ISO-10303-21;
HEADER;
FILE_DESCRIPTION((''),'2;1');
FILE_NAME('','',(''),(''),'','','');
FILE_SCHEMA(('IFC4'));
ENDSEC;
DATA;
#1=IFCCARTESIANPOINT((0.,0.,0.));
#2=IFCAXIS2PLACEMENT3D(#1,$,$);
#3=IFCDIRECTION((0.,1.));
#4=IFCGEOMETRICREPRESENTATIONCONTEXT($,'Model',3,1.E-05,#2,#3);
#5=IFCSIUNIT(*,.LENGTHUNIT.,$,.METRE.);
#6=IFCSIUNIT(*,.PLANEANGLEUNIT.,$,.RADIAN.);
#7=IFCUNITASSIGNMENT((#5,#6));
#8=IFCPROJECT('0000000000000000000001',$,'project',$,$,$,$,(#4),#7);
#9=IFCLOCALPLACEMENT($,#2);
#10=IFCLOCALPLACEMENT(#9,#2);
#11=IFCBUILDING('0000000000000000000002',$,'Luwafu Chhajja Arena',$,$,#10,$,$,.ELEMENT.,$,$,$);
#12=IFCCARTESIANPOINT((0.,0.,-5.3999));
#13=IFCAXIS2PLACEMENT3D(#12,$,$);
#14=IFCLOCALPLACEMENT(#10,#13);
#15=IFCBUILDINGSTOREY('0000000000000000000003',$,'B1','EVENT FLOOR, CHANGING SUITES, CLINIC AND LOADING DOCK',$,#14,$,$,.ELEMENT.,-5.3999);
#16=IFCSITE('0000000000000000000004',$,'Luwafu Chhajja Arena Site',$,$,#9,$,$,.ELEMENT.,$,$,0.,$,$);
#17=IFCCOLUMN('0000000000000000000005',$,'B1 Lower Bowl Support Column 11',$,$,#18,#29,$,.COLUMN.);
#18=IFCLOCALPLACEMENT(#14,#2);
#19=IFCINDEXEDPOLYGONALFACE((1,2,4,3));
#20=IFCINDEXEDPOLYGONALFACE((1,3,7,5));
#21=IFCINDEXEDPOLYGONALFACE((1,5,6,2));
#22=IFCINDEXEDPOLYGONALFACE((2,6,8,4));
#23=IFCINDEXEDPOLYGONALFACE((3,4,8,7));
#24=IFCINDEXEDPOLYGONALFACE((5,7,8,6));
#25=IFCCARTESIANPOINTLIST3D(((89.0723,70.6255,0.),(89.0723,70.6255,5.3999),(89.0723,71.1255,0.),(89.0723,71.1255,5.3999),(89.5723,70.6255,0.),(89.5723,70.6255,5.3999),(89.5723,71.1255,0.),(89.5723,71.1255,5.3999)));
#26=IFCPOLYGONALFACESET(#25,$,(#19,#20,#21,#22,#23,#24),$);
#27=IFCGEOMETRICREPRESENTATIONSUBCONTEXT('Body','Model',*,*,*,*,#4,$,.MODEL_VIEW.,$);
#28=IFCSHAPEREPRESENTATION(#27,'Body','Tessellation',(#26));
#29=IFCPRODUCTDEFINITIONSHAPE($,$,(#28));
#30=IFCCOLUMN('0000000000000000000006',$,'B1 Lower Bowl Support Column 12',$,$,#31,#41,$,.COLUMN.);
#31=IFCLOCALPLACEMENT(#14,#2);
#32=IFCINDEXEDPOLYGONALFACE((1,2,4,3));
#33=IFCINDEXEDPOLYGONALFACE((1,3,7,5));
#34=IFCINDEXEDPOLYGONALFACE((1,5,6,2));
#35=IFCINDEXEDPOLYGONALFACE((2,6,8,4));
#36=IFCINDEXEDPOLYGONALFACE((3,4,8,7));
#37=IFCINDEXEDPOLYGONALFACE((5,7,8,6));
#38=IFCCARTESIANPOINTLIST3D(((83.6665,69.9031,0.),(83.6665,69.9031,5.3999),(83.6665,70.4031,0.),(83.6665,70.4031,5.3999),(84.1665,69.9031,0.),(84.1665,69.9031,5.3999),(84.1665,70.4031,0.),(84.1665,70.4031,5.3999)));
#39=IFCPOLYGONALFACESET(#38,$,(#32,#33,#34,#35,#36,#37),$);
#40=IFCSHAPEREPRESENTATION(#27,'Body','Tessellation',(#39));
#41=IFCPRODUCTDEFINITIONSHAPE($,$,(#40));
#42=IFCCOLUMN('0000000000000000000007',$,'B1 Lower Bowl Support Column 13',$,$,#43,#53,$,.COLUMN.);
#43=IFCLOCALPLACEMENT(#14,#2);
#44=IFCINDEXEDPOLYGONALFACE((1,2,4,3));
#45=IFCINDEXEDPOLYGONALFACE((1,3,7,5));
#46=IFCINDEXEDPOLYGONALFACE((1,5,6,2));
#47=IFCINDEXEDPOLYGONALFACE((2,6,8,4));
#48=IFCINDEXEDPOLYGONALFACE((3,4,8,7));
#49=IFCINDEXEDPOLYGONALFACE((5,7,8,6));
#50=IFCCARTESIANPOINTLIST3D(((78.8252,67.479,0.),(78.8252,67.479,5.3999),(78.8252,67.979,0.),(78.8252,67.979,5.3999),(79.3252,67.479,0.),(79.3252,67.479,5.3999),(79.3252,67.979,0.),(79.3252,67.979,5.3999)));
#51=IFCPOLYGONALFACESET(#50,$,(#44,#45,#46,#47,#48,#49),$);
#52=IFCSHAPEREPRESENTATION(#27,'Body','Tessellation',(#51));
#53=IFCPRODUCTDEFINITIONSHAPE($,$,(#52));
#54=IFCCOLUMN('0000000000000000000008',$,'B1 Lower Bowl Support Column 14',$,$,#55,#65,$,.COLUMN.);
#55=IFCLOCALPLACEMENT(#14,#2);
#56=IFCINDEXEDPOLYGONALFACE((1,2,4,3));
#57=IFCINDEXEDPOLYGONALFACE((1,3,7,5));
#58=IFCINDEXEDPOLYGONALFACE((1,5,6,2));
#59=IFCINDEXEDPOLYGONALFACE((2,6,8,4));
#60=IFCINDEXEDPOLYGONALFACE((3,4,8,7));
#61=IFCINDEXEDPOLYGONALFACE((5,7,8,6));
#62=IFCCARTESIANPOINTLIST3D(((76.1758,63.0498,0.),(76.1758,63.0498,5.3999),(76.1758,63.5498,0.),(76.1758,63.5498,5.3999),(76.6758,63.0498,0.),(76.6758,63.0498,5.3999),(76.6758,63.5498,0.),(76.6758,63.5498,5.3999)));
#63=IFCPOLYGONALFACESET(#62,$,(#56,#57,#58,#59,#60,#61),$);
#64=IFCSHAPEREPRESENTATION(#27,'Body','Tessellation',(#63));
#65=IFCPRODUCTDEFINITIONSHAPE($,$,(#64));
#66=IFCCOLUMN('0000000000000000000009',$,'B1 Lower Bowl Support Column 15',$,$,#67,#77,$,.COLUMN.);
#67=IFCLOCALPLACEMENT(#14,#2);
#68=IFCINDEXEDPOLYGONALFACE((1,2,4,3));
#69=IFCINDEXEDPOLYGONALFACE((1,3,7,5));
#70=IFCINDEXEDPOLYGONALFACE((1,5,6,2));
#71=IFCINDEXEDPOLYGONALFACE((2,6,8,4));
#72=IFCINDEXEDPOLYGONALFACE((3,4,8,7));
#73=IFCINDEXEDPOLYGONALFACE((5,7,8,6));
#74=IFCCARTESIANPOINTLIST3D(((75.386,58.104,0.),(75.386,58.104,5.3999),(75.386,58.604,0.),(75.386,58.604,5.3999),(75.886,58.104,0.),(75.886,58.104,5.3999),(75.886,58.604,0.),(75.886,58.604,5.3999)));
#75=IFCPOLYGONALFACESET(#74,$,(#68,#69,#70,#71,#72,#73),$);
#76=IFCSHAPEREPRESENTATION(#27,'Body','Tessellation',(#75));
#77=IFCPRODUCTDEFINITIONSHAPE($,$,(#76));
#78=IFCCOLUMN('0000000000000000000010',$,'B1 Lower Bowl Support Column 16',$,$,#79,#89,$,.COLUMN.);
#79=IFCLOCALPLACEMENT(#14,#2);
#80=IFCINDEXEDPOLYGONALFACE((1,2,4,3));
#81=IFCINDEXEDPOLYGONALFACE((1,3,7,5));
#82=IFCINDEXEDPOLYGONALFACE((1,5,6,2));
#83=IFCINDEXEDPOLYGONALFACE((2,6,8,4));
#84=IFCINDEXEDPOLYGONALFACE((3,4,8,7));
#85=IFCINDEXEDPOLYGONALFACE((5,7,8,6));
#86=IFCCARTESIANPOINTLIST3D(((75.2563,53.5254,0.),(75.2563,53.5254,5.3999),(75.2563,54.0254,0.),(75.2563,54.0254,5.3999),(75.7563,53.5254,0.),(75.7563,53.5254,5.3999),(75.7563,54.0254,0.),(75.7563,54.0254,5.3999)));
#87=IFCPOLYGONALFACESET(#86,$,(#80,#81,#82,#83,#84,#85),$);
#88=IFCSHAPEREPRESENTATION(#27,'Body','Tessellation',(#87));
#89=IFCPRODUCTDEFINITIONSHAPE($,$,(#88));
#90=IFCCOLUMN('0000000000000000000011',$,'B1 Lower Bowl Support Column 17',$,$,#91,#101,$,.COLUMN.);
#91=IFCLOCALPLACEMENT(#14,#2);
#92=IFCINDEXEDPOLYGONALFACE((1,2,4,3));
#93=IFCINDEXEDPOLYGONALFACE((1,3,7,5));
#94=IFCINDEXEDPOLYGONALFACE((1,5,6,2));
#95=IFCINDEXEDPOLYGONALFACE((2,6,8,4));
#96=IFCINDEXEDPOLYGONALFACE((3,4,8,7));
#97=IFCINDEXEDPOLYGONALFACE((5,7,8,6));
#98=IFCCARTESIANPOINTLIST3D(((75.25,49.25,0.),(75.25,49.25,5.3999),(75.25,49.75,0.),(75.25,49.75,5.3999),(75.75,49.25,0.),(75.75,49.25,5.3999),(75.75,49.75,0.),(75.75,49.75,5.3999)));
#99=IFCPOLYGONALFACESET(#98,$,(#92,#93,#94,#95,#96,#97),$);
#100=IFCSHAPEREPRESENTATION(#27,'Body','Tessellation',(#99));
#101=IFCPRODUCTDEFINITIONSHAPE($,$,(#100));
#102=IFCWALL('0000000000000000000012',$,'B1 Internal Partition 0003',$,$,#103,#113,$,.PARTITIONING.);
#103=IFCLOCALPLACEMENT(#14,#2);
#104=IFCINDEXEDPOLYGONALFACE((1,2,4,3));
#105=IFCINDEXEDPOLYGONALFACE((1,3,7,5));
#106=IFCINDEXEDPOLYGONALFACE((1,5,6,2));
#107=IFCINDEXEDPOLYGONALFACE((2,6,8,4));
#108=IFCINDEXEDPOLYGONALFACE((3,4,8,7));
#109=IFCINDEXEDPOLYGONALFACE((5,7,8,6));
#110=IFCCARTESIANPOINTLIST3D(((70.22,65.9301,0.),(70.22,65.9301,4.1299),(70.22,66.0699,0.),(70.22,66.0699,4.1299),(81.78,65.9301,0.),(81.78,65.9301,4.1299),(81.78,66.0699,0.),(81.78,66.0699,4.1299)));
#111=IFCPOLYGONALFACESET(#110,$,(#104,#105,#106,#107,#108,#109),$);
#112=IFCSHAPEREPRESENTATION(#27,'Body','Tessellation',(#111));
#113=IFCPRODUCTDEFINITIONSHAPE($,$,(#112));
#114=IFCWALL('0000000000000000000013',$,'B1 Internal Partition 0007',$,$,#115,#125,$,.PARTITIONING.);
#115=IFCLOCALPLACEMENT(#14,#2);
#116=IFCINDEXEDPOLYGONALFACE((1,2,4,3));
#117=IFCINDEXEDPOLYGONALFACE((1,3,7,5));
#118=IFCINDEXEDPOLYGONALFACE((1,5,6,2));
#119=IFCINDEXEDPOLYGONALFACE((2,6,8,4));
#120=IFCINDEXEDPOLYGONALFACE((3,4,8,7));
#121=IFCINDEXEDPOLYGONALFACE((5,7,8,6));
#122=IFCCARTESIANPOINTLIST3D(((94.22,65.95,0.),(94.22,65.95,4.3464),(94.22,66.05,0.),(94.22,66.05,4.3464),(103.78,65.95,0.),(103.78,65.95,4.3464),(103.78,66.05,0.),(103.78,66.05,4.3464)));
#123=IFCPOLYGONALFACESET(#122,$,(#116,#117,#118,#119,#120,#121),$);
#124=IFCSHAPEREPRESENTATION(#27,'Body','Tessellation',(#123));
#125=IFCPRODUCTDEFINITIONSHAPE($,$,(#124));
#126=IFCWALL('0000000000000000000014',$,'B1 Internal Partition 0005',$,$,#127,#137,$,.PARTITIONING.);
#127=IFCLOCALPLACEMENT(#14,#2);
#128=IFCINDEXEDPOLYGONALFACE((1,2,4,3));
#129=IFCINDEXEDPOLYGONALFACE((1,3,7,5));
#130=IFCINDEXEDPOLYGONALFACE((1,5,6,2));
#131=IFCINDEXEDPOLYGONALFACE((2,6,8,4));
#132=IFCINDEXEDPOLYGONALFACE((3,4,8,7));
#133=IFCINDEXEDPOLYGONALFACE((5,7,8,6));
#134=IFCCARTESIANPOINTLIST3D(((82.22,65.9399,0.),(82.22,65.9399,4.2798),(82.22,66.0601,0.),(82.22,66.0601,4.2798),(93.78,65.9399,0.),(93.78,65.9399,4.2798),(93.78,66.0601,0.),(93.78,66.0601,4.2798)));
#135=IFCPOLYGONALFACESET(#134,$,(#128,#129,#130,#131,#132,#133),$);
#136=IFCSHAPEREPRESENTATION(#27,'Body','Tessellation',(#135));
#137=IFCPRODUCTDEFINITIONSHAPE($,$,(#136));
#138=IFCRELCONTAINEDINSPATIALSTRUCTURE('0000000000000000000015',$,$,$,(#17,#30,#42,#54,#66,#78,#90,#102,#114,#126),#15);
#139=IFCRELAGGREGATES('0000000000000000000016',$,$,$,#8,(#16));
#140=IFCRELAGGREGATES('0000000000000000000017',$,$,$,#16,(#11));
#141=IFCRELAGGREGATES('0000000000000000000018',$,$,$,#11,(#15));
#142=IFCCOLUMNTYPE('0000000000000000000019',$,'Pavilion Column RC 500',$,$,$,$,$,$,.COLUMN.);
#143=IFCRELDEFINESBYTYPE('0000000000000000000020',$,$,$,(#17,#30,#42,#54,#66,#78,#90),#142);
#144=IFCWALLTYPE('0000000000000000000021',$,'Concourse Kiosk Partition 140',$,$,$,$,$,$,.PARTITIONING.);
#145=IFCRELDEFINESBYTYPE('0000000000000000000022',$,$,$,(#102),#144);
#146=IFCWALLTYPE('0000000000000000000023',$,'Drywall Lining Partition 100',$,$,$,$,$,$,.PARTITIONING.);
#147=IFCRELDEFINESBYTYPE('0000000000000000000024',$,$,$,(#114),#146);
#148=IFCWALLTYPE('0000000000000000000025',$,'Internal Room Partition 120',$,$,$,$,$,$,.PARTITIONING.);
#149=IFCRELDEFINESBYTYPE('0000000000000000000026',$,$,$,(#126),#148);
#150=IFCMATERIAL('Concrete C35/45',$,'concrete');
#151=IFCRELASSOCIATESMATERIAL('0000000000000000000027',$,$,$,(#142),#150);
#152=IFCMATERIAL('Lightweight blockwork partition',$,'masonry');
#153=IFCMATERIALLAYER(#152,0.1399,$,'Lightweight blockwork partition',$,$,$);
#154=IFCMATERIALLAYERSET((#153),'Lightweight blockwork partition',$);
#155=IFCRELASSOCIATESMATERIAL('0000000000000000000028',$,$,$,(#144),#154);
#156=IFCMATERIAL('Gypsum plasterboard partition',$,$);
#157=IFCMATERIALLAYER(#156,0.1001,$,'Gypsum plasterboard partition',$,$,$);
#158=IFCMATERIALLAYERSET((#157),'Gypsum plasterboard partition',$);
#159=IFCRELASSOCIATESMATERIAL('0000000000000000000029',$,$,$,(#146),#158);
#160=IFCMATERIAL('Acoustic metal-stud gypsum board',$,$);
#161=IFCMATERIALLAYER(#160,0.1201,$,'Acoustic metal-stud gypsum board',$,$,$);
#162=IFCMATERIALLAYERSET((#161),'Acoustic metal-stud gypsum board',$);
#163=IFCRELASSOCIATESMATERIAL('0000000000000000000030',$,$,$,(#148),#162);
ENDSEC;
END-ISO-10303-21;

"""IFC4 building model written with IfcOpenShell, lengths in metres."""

from ifc_helpers import new_model, si_unit, direction, frame, frame_2d, origin, origin_2d, place, context, subcontext, project, spatial, rectangle, extrude, material, layer, layer_set, material_profile, profile_set, type_object, element, save


model = new_model("IFC4")

# Units and contexts
model_context = context("Model", 3, precision=1e-05, world=origin(), true_north=direction((0.0, 1.0)))
body_context = subcontext(model_context, "Body", "Model", "MODEL_VIEW")
ifc_project = project(units=[si_unit("LENGTHUNIT", "METRE"), si_unit("PLANEANGLEUNIT", "RADIAN")], contexts=[model_context])

# Site, building, storey
site_placement = place(None, origin())
site = spatial("IfcSite", under=ifc_project, at=site_placement, Name="Luwafu Chhajja Arena Site", CompositionType="ELEMENT", RefElevation=0.0)
building_placement = place(site_placement, origin())
building = spatial("IfcBuilding", under=site, at=building_placement, Name="Luwafu Chhajja Arena", CompositionType="ELEMENT")
storey_placement = place(building_placement, frame((0.0, 0.0, -5.3999)))
storey = spatial("IfcBuildingStorey", under=building, at=storey_placement, Name="B1", Description="EVENT FLOOR, CHANGING SUITES, CLINIC AND LOADING DOCK", CompositionType="ELEMENT", Elevation=-5.3999)

# Shared definitions
ifc_material_1 = material(Name="Concrete C35/45", Category="concrete")

# Columns
ifc_material_profile_1 = material_profile(ifc_material_1, rectangle(XDim=0.5, YDim=0.5, at=origin_2d()), Name="RC 500x500")
ifc_profile_set_1 = profile_set([ifc_material_profile_1], Name="Concrete C35/45")
column_type_1 = type_object("IfcColumnType", Name="Pavilion Column RC 500", PredefinedType="COLUMN", material=ifc_profile_set_1)
for number, where, z_axis, x_axis, name in (
    (1, (89.3223, 70.8755, 0.0), (0.0, 0.0, 1.0), (1.0, 0.0, 0.0), "B1 Lower Bowl Support Column 11"),
    (2, (83.9165, 70.1531, 0.0), (0.0, 0.0, 1.0), (1.0, 0.0, 0.0), "B1 Lower Bowl Support Column 12"),
    (3, (79.0752, 67.729, 0.0), (0.0, 0.0, 1.0), (1.0, 0.0, 0.0), "B1 Lower Bowl Support Column 13"),
    (4, (76.4258, 63.2998, 0.0), (0.0, 0.0, 1.0), (1.0, 0.0, 0.0), "B1 Lower Bowl Support Column 14"),
    (5, (75.636, 58.354, 0.0), (0.0, 0.0, 1.0), (1.0, 0.0, 0.0), "B1 Lower Bowl Support Column 15"),
    (6, (75.5063, 53.7754, 0.0), (0.0, 0.0, 1.0), (1.0, 0.0, 0.0), "B1 Lower Bowl Support Column 16"),
    (7, (75.5, 49.5, 0.0), (0.0, 0.0, 1.0), (1.0, 0.0, 0.0), "B1 Lower Bowl Support Column 17"),
):
    element("IfcColumn", number, at=place(storey_placement, frame(where, z_axis=z_axis, x_axis=x_axis)), inside=storey, type_object=column_type_1, Name=name, PredefinedType="COLUMN", context=body_context, shape_type="SweptSolid", body=[
        extrude(rectangle(XDim=0.5, YDim=0.5, at=origin_2d()), origin(), (0.0, 0.0, 1.0), 5.3999),
    ])

# Walls
ifc_material_2 = material(Name="Lightweight blockwork partition", Category="masonry")
ifc_layer_1 = layer(ifc_material_2, 0.1399, Name="Lightweight blockwork partition")
ifc_layer_set_1 = layer_set([ifc_layer_1], Name="Lightweight blockwork partition")
wall_type_1 = type_object("IfcWallType", Name="Concourse Kiosk Partition 140", PredefinedType="PARTITIONING", material=ifc_layer_set_1)
wall_1_placement = place(storey_placement, frame((70.22, 66.0, 0.0), z_axis=(0.0, 0.0, 1.0), x_axis=(1.0, 0.0, 0.0)))
element("IfcWall", 8, at=wall_1_placement, inside=storey, type_object=wall_type_1, Name="B1 Internal Partition 0003", PredefinedType="PARTITIONING", context=body_context, shape_type="SweptSolid", body=[
    extrude(rectangle(XDim=11.5601, YDim=0.1399, at=frame_2d((5.78, 0.0))), origin(), (0.0, 0.0, 1.0), 4.1299),
])
ifc_material_3 = material(Name="Gypsum plasterboard partition")
ifc_layer_2 = layer(ifc_material_3, 0.1001, Name="Gypsum plasterboard partition")
ifc_layer_set_2 = layer_set([ifc_layer_2], Name="Gypsum plasterboard partition")
wall_type_2 = type_object("IfcWallType", Name="Drywall Lining Partition 100", PredefinedType="PARTITIONING", material=ifc_layer_set_2)
wall_2_placement = place(storey_placement, frame((94.22, 66.0, 0.0), z_axis=(0.0, 0.0, 1.0), x_axis=(1.0, 0.0, 0.0)))
element("IfcWall", 9, at=wall_2_placement, inside=storey, type_object=wall_type_2, Name="B1 Internal Partition 0007", PredefinedType="PARTITIONING", context=body_context, shape_type="SweptSolid", body=[
    extrude(rectangle(XDim=9.5601, YDim=0.1001, at=frame_2d((4.78, 0.0))), origin(), (0.0, 0.0, 1.0), 4.3464),
])
ifc_material_4 = material(Name="Acoustic metal-stud gypsum board")
ifc_layer_3 = layer(ifc_material_4, 0.1201, Name="Acoustic metal-stud gypsum board")
ifc_layer_set_3 = layer_set([ifc_layer_3], Name="Acoustic metal-stud gypsum board")
wall_type_3 = type_object("IfcWallType", Name="Internal Room Partition 120", PredefinedType="PARTITIONING", material=ifc_layer_set_3)
wall_3_placement = place(storey_placement, frame((82.22, 66.0, 0.0), z_axis=(0.0, 0.0, 1.0), x_axis=(1.0, 0.0, 0.0)))
element("IfcWall", 10, at=wall_3_placement, inside=storey, type_object=wall_type_3, Name="B1 Internal Partition 0005", PredefinedType="PARTITIONING", context=body_context, shape_type="SweptSolid", body=[
    extrude(rectangle(XDim=11.5601, YDim=0.1201, at=frame_2d((5.78, 0.0))), origin(), (0.0, 0.0, 1.0), 4.2798),
])

save(model, "model.ifc")
